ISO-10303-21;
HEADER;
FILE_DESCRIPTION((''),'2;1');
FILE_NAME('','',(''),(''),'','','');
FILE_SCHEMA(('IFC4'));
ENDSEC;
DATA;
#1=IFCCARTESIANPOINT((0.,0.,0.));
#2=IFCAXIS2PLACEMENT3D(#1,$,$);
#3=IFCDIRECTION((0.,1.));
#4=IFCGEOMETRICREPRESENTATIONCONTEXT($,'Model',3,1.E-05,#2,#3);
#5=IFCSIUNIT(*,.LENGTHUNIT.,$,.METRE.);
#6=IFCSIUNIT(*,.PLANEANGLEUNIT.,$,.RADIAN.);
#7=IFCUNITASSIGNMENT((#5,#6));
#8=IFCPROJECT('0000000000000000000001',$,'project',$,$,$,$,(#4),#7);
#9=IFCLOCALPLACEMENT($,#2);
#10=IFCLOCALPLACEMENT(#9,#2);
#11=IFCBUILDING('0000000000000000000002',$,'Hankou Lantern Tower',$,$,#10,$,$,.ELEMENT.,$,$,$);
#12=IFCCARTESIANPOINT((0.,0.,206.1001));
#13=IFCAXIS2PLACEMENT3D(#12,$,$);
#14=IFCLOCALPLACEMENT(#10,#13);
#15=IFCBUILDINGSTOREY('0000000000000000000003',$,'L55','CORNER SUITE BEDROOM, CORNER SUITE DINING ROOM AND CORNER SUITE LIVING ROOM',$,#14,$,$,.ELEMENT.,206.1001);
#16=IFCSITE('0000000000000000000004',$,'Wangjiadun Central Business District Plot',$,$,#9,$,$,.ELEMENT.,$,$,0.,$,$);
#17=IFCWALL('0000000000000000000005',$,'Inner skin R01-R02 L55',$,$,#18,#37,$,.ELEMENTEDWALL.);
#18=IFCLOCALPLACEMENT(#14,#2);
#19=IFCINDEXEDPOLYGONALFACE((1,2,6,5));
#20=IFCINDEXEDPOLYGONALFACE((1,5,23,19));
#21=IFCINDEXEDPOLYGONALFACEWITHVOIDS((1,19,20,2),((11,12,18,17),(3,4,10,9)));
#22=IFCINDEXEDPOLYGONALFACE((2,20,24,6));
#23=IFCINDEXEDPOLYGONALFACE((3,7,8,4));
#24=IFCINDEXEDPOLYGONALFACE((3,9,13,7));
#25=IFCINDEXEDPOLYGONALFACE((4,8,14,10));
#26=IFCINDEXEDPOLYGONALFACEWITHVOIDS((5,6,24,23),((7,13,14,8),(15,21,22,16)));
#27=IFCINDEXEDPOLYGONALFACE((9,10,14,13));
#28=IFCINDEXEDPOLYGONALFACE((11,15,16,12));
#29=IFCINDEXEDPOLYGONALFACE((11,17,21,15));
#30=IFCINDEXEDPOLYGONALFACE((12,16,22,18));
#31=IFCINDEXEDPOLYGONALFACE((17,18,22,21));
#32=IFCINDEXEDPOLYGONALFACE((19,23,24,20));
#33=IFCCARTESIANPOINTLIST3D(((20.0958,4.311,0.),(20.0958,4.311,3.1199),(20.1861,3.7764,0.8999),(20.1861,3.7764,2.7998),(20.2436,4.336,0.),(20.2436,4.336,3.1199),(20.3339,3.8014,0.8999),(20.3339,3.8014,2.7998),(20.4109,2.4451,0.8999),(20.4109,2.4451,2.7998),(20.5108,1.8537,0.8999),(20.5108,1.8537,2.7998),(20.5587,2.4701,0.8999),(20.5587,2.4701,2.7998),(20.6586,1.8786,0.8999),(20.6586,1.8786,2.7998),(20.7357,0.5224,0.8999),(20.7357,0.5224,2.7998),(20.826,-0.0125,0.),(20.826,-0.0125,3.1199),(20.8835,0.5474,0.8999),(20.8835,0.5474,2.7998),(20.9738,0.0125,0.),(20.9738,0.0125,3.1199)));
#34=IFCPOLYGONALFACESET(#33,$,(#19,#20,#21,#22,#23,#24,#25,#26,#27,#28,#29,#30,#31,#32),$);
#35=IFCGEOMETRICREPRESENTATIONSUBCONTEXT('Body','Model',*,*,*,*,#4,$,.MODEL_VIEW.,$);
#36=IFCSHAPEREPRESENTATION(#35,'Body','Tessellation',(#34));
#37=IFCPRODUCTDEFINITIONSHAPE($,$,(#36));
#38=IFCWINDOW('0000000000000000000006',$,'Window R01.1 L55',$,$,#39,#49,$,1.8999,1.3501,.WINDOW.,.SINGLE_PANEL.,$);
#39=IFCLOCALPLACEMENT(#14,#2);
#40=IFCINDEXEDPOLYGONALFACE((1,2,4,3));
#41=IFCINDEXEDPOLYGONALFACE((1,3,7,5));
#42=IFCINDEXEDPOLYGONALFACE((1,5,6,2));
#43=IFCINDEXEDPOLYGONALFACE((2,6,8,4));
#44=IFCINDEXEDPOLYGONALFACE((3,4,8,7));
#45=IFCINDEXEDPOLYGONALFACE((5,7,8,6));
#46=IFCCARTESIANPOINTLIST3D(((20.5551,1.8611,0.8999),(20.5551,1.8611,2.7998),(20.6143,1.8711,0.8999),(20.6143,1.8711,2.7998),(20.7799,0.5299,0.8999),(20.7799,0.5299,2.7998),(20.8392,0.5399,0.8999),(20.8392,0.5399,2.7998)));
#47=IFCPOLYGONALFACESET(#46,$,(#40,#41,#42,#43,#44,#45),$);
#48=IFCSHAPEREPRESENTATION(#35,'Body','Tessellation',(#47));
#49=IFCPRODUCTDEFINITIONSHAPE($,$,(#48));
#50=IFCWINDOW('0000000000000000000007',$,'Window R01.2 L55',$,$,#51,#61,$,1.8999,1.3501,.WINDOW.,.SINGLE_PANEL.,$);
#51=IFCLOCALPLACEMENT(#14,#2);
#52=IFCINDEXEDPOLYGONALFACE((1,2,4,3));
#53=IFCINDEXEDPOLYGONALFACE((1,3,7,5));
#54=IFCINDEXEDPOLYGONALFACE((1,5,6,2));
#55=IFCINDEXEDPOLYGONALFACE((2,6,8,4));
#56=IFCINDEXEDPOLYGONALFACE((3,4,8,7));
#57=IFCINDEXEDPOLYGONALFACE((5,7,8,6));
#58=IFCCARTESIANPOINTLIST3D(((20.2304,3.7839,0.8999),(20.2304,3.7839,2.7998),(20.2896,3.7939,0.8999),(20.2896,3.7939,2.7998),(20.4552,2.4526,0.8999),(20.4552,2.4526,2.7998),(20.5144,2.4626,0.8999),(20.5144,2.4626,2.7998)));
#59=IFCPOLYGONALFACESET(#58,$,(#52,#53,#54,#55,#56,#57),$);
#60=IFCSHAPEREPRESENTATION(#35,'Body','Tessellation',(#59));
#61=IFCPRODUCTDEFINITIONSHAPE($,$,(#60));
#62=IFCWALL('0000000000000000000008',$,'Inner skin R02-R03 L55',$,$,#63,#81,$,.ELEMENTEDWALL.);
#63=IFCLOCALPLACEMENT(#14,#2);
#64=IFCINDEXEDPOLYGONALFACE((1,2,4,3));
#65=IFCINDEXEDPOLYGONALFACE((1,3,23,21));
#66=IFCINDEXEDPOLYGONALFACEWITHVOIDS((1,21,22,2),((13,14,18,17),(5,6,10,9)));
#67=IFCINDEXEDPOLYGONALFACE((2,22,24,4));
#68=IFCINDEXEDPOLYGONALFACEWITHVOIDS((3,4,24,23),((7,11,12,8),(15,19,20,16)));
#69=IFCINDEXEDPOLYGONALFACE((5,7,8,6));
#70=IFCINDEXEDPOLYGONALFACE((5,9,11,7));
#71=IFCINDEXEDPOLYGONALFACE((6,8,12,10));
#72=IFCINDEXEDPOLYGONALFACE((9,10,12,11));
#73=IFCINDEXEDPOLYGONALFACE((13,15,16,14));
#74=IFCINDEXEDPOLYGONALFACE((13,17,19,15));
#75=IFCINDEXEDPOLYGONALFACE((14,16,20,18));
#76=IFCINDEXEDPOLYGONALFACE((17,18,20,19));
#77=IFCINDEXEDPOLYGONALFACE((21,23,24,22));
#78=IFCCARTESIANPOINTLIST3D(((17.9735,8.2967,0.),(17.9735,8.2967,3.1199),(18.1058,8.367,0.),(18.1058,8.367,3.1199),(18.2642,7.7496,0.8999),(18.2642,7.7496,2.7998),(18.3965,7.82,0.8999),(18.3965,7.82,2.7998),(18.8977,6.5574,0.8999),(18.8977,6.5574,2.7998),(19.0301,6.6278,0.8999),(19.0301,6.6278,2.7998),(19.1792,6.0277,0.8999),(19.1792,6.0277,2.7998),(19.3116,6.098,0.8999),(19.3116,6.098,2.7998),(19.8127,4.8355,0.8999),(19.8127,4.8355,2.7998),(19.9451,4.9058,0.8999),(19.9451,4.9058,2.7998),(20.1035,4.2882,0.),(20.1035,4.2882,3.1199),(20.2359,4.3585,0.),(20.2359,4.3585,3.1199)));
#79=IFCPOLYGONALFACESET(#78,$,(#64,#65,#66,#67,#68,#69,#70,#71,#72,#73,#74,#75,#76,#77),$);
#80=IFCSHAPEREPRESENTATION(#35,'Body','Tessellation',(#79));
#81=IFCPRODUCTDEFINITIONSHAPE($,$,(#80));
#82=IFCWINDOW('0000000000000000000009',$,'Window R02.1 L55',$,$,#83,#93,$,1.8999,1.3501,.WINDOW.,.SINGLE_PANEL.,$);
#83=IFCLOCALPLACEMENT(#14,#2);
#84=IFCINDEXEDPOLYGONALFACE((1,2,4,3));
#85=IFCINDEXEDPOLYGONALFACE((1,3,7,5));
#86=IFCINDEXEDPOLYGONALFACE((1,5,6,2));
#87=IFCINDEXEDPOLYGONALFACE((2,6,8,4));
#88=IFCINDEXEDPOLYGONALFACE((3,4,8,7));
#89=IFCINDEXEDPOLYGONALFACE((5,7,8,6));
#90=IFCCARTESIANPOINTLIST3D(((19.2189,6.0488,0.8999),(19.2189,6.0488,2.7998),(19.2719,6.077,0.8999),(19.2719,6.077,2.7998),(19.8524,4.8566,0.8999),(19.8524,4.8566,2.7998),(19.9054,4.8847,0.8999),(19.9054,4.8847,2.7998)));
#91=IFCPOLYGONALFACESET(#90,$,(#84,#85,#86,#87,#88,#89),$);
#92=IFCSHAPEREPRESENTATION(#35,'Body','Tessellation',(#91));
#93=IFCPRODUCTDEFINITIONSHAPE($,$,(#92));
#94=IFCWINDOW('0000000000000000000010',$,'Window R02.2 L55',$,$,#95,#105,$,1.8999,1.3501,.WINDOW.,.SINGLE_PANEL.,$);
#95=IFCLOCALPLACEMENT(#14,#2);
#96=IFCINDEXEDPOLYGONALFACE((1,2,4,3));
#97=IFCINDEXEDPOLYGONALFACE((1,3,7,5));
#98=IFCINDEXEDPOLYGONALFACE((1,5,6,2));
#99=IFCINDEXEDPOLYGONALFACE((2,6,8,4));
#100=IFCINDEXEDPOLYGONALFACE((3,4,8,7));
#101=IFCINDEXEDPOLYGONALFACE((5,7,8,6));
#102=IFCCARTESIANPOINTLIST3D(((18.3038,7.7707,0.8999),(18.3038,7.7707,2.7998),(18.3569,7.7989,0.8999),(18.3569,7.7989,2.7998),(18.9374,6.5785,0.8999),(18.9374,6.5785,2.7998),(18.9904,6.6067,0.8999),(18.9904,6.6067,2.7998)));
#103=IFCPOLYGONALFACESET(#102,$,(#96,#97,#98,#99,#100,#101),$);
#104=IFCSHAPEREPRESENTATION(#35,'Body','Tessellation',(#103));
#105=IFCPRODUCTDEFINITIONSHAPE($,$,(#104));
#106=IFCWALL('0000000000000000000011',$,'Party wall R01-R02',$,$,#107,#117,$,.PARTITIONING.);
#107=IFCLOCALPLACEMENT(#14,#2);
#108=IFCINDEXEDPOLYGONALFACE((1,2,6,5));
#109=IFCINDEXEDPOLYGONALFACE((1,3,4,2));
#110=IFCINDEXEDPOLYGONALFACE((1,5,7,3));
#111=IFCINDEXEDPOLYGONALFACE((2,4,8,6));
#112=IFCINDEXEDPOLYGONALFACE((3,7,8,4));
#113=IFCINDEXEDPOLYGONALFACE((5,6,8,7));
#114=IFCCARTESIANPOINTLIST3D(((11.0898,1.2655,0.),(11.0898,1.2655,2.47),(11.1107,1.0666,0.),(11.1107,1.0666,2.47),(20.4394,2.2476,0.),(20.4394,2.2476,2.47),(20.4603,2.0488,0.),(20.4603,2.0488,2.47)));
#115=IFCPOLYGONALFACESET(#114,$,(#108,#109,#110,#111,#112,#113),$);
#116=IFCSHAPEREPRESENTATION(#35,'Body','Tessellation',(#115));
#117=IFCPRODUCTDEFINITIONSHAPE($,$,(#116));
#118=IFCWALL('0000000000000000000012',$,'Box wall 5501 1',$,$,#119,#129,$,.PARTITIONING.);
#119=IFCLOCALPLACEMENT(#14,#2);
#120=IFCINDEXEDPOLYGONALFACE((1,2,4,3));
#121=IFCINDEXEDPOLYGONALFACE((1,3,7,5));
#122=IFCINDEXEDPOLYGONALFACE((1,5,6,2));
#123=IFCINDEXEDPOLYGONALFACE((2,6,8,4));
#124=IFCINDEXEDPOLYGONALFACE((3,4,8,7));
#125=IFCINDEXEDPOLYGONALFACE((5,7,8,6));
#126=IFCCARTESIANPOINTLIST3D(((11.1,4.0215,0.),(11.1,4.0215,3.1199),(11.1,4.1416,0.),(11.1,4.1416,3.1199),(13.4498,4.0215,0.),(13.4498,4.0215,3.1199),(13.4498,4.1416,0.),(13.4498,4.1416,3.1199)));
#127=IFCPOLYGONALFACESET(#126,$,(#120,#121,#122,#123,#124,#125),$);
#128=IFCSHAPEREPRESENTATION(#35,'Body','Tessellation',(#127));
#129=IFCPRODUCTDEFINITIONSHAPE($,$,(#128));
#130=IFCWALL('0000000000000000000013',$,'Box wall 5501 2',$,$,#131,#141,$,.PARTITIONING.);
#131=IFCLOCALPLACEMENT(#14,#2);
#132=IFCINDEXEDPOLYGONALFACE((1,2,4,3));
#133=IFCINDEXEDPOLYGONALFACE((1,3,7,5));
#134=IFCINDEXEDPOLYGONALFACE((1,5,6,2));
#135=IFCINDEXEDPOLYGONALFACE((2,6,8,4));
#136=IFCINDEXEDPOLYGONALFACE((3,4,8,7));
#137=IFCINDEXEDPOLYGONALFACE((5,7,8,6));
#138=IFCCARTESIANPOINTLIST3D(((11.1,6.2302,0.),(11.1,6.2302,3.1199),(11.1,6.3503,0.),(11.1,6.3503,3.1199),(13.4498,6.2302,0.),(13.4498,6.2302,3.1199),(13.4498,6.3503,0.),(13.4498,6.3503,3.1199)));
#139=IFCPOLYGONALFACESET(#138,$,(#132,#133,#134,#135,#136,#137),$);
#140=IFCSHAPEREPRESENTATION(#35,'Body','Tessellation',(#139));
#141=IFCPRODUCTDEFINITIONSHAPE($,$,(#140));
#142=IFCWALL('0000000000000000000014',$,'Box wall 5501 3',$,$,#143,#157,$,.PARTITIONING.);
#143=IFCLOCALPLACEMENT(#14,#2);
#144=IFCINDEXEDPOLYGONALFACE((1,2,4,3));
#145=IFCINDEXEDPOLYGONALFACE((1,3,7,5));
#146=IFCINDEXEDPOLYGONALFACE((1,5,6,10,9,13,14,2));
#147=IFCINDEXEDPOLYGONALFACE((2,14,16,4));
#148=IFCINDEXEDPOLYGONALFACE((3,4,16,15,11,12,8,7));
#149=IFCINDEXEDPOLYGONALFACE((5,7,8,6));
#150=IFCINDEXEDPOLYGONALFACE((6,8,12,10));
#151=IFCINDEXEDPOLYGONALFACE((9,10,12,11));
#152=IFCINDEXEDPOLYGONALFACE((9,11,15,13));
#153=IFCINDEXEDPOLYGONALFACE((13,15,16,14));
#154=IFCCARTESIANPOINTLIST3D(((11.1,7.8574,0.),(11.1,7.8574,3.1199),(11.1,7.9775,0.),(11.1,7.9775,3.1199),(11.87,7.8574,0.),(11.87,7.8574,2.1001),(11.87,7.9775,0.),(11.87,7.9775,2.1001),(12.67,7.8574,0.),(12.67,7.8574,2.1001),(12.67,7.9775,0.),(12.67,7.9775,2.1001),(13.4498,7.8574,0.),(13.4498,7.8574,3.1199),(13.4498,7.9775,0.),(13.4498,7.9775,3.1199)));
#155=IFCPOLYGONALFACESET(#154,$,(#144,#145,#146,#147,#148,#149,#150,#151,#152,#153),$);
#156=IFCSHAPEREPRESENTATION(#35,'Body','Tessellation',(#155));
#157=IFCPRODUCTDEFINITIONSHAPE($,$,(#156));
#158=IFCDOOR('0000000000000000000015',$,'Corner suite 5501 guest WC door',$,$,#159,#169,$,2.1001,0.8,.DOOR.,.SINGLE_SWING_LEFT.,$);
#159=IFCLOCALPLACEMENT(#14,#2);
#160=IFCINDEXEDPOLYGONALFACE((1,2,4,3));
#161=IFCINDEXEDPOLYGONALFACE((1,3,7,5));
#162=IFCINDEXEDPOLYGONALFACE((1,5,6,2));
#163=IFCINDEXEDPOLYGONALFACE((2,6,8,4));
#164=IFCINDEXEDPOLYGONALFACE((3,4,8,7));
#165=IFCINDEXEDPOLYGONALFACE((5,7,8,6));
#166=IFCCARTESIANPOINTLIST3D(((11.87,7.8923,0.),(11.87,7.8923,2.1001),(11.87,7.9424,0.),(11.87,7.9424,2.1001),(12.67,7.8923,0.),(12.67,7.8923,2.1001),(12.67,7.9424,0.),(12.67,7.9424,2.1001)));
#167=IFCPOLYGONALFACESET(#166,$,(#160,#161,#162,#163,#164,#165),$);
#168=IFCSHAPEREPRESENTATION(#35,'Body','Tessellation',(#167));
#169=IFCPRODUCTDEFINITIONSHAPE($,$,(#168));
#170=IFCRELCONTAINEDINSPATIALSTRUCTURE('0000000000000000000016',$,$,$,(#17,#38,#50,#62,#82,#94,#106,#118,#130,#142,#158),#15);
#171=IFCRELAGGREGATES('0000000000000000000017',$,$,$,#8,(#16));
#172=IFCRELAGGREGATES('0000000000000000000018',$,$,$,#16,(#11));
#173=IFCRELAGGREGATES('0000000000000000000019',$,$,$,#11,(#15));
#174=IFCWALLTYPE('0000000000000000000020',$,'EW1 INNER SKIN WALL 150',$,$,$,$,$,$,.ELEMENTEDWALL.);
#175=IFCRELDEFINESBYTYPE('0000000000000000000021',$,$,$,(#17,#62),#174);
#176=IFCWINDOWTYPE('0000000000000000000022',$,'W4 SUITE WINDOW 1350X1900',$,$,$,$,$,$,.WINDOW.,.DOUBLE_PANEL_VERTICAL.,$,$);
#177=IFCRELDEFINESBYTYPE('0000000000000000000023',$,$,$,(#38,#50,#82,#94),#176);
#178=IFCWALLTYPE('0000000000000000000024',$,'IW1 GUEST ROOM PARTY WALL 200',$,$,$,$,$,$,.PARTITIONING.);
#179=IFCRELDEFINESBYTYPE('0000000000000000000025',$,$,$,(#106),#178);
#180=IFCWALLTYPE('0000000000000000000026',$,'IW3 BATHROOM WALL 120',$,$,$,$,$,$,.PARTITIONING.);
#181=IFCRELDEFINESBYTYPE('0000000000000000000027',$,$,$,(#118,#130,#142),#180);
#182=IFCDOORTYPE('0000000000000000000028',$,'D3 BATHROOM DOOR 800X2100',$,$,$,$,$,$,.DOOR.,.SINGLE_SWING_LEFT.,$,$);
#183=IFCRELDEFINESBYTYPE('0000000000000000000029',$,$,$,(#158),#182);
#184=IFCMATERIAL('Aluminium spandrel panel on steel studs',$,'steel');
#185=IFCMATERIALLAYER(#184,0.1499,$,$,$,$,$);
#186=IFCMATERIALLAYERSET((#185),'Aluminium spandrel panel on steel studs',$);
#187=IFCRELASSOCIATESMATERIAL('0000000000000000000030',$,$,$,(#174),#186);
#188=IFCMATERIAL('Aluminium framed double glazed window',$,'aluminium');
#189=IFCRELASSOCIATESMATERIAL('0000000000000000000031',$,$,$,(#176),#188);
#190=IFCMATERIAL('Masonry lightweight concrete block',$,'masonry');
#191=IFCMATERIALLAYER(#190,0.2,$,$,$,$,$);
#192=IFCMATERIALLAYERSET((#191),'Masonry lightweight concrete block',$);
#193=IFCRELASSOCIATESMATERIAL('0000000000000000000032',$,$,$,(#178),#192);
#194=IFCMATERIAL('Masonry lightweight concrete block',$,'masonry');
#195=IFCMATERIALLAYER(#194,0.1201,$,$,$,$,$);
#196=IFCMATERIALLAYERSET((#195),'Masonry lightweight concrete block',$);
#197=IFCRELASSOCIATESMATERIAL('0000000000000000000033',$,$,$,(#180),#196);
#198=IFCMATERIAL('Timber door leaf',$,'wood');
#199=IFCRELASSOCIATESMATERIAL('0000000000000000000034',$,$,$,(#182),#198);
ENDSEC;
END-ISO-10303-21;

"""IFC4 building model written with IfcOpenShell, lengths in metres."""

from ifc_helpers import new_model, si_unit, direction, frame, frame_2d, origin, place, context, subcontext, project, spatial, rectangle, extrude, material, layer, layer_set, type_object, element, fill, save


model = new_model("IFC4")

# Units and contexts
model_context = context("Model", 3, precision=1e-05, world=origin(), true_north=direction((0.0, 1.0)))
body_context = subcontext(model_context, "Body", "Model", "MODEL_VIEW")
ifc_project = project(units=[si_unit("LENGTHUNIT", "METRE"), si_unit("PLANEANGLEUNIT", "RADIAN")], contexts=[model_context])

# Site, building, storey
site_placement = place(None, origin())
site = spatial("IfcSite", under=ifc_project, at=site_placement, Name="Wangjiadun Central Business District Plot", CompositionType="ELEMENT", RefElevation=0.0)
building_placement = place(site_placement, origin())
building = spatial("IfcBuilding", under=site, at=building_placement, Name="Hankou Lantern Tower", CompositionType="ELEMENT")
storey_placement = place(building_placement, frame((0.0, 0.0, 206.1001)))
storey = spatial("IfcBuildingStorey", under=building, at=storey_placement, Name="L55", Description="CORNER SUITE BEDROOM, CORNER SUITE DINING ROOM AND CORNER SUITE LIVING ROOM", CompositionType="ELEMENT", Elevation=206.1001)

# Walls, openings, windows
ifc_material_1 = material(Name="Aluminium spandrel panel on steel studs", Category="steel")
ifc_layer_1 = layer(ifc_material_1, 0.1499)
ifc_layer_set_1 = layer_set([ifc_layer_1], Name="Aluminium spandrel panel on steel studs")
wall_type_1 = type_object("IfcWallType", Name="EW1 INNER SKIN WALL 150", PredefinedType="ELEMENTEDWALL", material=ifc_layer_set_1)
wall_1_placement = place(storey_placement, frame((20.8999, 0.0, 0.0), z_axis=(0.0, 0.0, 1.0), x_axis=(-0.166539, 0.986035, 0.0)))
wall_1 = element("IfcWall", 1, at=wall_1_placement, inside=storey, type_object=wall_type_1, Name="Inner skin R01-R02 L55", PredefinedType="ELEMENTEDWALL", context=body_context, shape_type="SweptSolid", body=[
    extrude(rectangle(XDim=4.3848, YDim=0.1499, at=frame_2d((2.1924, 0.0))), origin(), (0.0, 0.0, 1.0), 3.1199),
])
opening_1_placement = place(wall_1_placement, frame((0.5425, 0.0, 0.8999)))
opening_1 = element("IfcOpeningElement", 2, at=opening_1_placement, cuts=wall_1, PredefinedType="OPENING", context=body_context, shape_type="SweptSolid", body=[
    extrude(rectangle(XDim=1.3501, YDim=1.8999, at=frame_2d((0.675, 0.95))), frame((0.0, 0.085, 0.0), z_axis=(0.0, -1.0, 0.0), x_axis=(1.0, 0.0, 0.0)), (0.0, 0.0, 1.0), 0.1699),
])
opening_2_placement = place(wall_1_placement, frame((2.4924, 0.0, 0.8999)))
opening_2 = element("IfcOpeningElement", 3, at=opening_2_placement, cuts=wall_1, PredefinedType="OPENING", context=body_context, shape_type="SweptSolid", body=[
    extrude(rectangle(XDim=1.3501, YDim=1.8999, at=frame_2d((0.675, 0.95))), frame((0.0, 0.085, 0.0), z_axis=(0.0, -1.0, 0.0), x_axis=(1.0, 0.0, 0.0)), (0.0, 0.0, 1.0), 0.1699),
])
ifc_material_2 = material(Name="Aluminium framed double glazed window", Category="aluminium")
window_type = type_object("IfcWindowType", Name="W4 SUITE WINDOW 1350X1900", PartitioningType="DOUBLE_PANEL_VERTICAL", PredefinedType="WINDOW", material=ifc_material_2)
window_1_placement = place(opening_1_placement, origin())
window_1 = element("IfcWindow", 4, at=window_1_placement, inside=storey, type_object=window_type, Name="Window R01.1 L55", OverallHeight=1.8999, OverallWidth=1.3501, PartitioningType="SINGLE_PANEL", PredefinedType="WINDOW", context=body_context, shape_type="SweptSolid", body=[
    extrude(rectangle(XDim=1.3501, YDim=1.8999, at=frame_2d((0.675, 0.95))), frame((0.0, 0.03, 0.0), z_axis=(0.0, -1.0, 0.0), x_axis=(1.0, 0.0, 0.0)), (0.0, 0.0, 1.0), 0.0601),
])
fill(opening_1, window_1)
window_2_placement = place(opening_2_placement, origin())
window_2 = element("IfcWindow", 5, at=window_2_placement, inside=storey, type_object=window_type, Name="Window R01.2 L55", OverallHeight=1.8999, OverallWidth=1.3501, PartitioningType="SINGLE_PANEL", PredefinedType="WINDOW", context=body_context, shape_type="SweptSolid", body=[
    extrude(rectangle(XDim=1.3501, YDim=1.8999, at=frame_2d((0.675, 0.95))), frame((0.0, 0.03, 0.0), z_axis=(0.0, -1.0, 0.0), x_axis=(1.0, 0.0, 0.0)), (0.0, 0.0, 1.0), 0.0601),
])
fill(opening_2, window_2)
wall_2_placement = place(storey_placement, frame((20.1697, 4.3235, 0.0), z_axis=(0.0, 0.0, 1.0), x_axis=(-0.469256, 0.883062, 0.0)))
wall_2 = element("IfcWall", 6, at=wall_2_placement, inside=storey, type_object=wall_type_1, Name="Inner skin R02-R03 L55", PredefinedType="ELEMENTEDWALL", context=body_context, shape_type="SweptSolid", body=[
    extrude(rectangle(XDim=4.5393, YDim=0.1499, at=frame_2d((2.2695, 0.0))), origin(), (0.0, 0.0, 1.0), 3.1199),
])
opening_3_placement = place(wall_2_placement, frame((0.6196, 0.0, 0.8999)))
opening_3 = element("IfcOpeningElement", 7, at=opening_3_placement, cuts=wall_2, PredefinedType="OPENING", context=body_context, shape_type="SweptSolid", body=[
    extrude(rectangle(XDim=1.3501, YDim=1.8999, at=frame_2d((0.675, 0.95))), frame((0.0, 0.085, 0.0), z_axis=(0.0, -1.0, 0.0), x_axis=(1.0, 0.0, 0.0)), (0.0, 0.0, 1.0), 0.1699),
])
opening_4_placement = place(wall_2_placement, frame((2.5696, 0.0, 0.8999)))
opening_4 = element("IfcOpeningElement", 8, at=opening_4_placement, cuts=wall_2, PredefinedType="OPENING", context=body_context, shape_type="SweptSolid", body=[
    extrude(rectangle(XDim=1.3501, YDim=1.8999, at=frame_2d((0.675, 0.95))), frame((0.0, 0.085, 0.0), z_axis=(0.0, -1.0, 0.0), x_axis=(1.0, 0.0, 0.0)), (0.0, 0.0, 1.0), 0.1699),
])
window_3_placement = place(opening_3_placement, origin())
window_3 = element("IfcWindow", 9, at=window_3_placement, inside=storey, type_object=window_type, Name="Window R02.1 L55", OverallHeight=1.8999, OverallWidth=1.3501, PartitioningType="SINGLE_PANEL", PredefinedType="WINDOW", context=body_context, shape_type="SweptSolid", body=[
    extrude(rectangle(XDim=1.3501, YDim=1.8999, at=frame_2d((0.675, 0.95))), frame((0.0, 0.03, 0.0), z_axis=(0.0, -1.0, 0.0), x_axis=(1.0, 0.0, 0.0)), (0.0, 0.0, 1.0), 0.0601),
])
fill(opening_3, window_3)
window_4_placement = place(opening_4_placement, origin())
window_4 = element("IfcWindow", 10, at=window_4_placement, inside=storey, type_object=window_type, Name="Window R02.2 L55", OverallHeight=1.8999, OverallWidth=1.3501, PartitioningType="SINGLE_PANEL", PredefinedType="WINDOW", context=body_context, shape_type="SweptSolid", body=[
    extrude(rectangle(XDim=1.3501, YDim=1.8999, at=frame_2d((0.675, 0.95))), frame((0.0, 0.03, 0.0), z_axis=(0.0, -1.0, 0.0), x_axis=(1.0, 0.0, 0.0)), (0.0, 0.0, 1.0), 0.0601),
])
fill(opening_4, window_4)

# Walls
ifc_material_3 = material(Name="Masonry lightweight concrete block", Category="masonry")
ifc_layer_2 = layer(ifc_material_3, 0.2)
ifc_layer_set_2 = layer_set([ifc_layer_2], Name="Masonry lightweight concrete block")
wall_type_2 = type_object("IfcWallType", Name="IW1 GUEST ROOM PARTY WALL 200", PredefinedType="PARTITIONING", material=ifc_layer_set_2)
wall_3_placement = place(storey_placement, frame((11.1001, 1.166, 0.0), z_axis=(0.0, 0.0, 1.0), x_axis=(0.994527, 0.104475, 0.0)))
element("IfcWall", 11, at=wall_3_placement, inside=storey, type_object=wall_type_2, Name="Party wall R01-R02", PredefinedType="PARTITIONING", context=body_context, shape_type="SweptSolid", body=[
    extrude(rectangle(XDim=9.4011, YDim=0.2, at=frame_2d((4.7007, 0.0))), origin(), (0.0, 0.0, 1.0), 2.47),
])
ifc_material_4 = material(Name="Masonry lightweight concrete block", Category="masonry")
ifc_layer_3 = layer(ifc_material_4, 0.1201)
ifc_layer_set_3 = layer_set([ifc_layer_3], Name="Masonry lightweight concrete block")
wall_type_3 = type_object("IfcWallType", Name="IW3 BATHROOM WALL 120", PredefinedType="PARTITIONING", material=ifc_layer_set_3)
for number, where, z_axis, x_axis, name in (
    (12, (11.1001, 4.0815, 0.0), (0.0, 0.0, 1.0), (1.0, 0.0, 0.0), "Box wall 5501 1"),
    (13, (11.1001, 6.2903, 0.0), (0.0, 0.0, 1.0), (1.0, 0.0, 0.0), "Box wall 5501 2"),
):
    element("IfcWall", number, at=place(storey_placement, frame(where, z_axis=z_axis, x_axis=x_axis)), inside=storey, type_object=wall_type_3, Name=name, PredefinedType="PARTITIONING", context=body_context, shape_type="SweptSolid", body=[
        extrude(rectangle(XDim=2.3499, YDim=0.1201, at=frame_2d((1.1748, 0.0))), origin(), (0.0, 0.0, 1.0), 3.1199),
    ])

# Wall, opening, door
wall_4_placement = place(storey_placement, frame((11.1001, 7.9175, 0.0), z_axis=(0.0, 0.0, 1.0), x_axis=(1.0, 0.0, 0.0)))
wall_4 = element("IfcWall", 14, at=wall_4_placement, inside=storey, type_object=wall_type_3, Name="Box wall 5501 3", PredefinedType="PARTITIONING", context=body_context, shape_type="SweptSolid", body=[
    extrude(rectangle(XDim=2.3499, YDim=0.1201, at=frame_2d((1.1748, 0.0))), origin(), (0.0, 0.0, 1.0), 3.1199),
])
opening_5_placement = place(wall_4_placement, frame((0.77, 0.0, 0.0)))
opening_5 = element("IfcOpeningElement", 15, at=opening_5_placement, cuts=wall_4, PredefinedType="OPENING", context=body_context, shape_type="SweptSolid", body=[
    extrude(rectangle(XDim=0.8, YDim=2.1001, at=frame_2d((0.3999, 1.05))), frame((0.0, 0.0701, 0.0), z_axis=(0.0, -1.0, 0.0), x_axis=(1.0, 0.0, 0.0)), (0.0, 0.0, 1.0), 0.1401),
])
ifc_material_5 = material(Name="Timber door leaf", Category="wood")
door_type_1 = type_object("IfcDoorType", Name="D3 BATHROOM DOOR 800X2100", OperationType="SINGLE_SWING_LEFT", PredefinedType="DOOR", material=ifc_material_5)
door_1_placement = place(opening_5_placement, origin())
door_1 = element("IfcDoor", 16, at=door_1_placement, inside=storey, type_object=door_type_1, Name="Corner suite 5501 guest WC door", OperationType="SINGLE_SWING_LEFT", OverallHeight=2.1001, OverallWidth=0.8, PredefinedType="DOOR", context=body_context, shape_type="SweptSolid", body=[
    extrude(rectangle(XDim=0.8, YDim=2.1001, at=frame_2d((0.3999, 1.05))), frame((0.0, 0.0249, 0.0), z_axis=(0.0, -1.0, 0.0), x_axis=(1.0, 0.0, 0.0)), (0.0, 0.0, 1.0), 0.05),
])
fill(opening_5, door_1)

save(model, "model.ifc")
